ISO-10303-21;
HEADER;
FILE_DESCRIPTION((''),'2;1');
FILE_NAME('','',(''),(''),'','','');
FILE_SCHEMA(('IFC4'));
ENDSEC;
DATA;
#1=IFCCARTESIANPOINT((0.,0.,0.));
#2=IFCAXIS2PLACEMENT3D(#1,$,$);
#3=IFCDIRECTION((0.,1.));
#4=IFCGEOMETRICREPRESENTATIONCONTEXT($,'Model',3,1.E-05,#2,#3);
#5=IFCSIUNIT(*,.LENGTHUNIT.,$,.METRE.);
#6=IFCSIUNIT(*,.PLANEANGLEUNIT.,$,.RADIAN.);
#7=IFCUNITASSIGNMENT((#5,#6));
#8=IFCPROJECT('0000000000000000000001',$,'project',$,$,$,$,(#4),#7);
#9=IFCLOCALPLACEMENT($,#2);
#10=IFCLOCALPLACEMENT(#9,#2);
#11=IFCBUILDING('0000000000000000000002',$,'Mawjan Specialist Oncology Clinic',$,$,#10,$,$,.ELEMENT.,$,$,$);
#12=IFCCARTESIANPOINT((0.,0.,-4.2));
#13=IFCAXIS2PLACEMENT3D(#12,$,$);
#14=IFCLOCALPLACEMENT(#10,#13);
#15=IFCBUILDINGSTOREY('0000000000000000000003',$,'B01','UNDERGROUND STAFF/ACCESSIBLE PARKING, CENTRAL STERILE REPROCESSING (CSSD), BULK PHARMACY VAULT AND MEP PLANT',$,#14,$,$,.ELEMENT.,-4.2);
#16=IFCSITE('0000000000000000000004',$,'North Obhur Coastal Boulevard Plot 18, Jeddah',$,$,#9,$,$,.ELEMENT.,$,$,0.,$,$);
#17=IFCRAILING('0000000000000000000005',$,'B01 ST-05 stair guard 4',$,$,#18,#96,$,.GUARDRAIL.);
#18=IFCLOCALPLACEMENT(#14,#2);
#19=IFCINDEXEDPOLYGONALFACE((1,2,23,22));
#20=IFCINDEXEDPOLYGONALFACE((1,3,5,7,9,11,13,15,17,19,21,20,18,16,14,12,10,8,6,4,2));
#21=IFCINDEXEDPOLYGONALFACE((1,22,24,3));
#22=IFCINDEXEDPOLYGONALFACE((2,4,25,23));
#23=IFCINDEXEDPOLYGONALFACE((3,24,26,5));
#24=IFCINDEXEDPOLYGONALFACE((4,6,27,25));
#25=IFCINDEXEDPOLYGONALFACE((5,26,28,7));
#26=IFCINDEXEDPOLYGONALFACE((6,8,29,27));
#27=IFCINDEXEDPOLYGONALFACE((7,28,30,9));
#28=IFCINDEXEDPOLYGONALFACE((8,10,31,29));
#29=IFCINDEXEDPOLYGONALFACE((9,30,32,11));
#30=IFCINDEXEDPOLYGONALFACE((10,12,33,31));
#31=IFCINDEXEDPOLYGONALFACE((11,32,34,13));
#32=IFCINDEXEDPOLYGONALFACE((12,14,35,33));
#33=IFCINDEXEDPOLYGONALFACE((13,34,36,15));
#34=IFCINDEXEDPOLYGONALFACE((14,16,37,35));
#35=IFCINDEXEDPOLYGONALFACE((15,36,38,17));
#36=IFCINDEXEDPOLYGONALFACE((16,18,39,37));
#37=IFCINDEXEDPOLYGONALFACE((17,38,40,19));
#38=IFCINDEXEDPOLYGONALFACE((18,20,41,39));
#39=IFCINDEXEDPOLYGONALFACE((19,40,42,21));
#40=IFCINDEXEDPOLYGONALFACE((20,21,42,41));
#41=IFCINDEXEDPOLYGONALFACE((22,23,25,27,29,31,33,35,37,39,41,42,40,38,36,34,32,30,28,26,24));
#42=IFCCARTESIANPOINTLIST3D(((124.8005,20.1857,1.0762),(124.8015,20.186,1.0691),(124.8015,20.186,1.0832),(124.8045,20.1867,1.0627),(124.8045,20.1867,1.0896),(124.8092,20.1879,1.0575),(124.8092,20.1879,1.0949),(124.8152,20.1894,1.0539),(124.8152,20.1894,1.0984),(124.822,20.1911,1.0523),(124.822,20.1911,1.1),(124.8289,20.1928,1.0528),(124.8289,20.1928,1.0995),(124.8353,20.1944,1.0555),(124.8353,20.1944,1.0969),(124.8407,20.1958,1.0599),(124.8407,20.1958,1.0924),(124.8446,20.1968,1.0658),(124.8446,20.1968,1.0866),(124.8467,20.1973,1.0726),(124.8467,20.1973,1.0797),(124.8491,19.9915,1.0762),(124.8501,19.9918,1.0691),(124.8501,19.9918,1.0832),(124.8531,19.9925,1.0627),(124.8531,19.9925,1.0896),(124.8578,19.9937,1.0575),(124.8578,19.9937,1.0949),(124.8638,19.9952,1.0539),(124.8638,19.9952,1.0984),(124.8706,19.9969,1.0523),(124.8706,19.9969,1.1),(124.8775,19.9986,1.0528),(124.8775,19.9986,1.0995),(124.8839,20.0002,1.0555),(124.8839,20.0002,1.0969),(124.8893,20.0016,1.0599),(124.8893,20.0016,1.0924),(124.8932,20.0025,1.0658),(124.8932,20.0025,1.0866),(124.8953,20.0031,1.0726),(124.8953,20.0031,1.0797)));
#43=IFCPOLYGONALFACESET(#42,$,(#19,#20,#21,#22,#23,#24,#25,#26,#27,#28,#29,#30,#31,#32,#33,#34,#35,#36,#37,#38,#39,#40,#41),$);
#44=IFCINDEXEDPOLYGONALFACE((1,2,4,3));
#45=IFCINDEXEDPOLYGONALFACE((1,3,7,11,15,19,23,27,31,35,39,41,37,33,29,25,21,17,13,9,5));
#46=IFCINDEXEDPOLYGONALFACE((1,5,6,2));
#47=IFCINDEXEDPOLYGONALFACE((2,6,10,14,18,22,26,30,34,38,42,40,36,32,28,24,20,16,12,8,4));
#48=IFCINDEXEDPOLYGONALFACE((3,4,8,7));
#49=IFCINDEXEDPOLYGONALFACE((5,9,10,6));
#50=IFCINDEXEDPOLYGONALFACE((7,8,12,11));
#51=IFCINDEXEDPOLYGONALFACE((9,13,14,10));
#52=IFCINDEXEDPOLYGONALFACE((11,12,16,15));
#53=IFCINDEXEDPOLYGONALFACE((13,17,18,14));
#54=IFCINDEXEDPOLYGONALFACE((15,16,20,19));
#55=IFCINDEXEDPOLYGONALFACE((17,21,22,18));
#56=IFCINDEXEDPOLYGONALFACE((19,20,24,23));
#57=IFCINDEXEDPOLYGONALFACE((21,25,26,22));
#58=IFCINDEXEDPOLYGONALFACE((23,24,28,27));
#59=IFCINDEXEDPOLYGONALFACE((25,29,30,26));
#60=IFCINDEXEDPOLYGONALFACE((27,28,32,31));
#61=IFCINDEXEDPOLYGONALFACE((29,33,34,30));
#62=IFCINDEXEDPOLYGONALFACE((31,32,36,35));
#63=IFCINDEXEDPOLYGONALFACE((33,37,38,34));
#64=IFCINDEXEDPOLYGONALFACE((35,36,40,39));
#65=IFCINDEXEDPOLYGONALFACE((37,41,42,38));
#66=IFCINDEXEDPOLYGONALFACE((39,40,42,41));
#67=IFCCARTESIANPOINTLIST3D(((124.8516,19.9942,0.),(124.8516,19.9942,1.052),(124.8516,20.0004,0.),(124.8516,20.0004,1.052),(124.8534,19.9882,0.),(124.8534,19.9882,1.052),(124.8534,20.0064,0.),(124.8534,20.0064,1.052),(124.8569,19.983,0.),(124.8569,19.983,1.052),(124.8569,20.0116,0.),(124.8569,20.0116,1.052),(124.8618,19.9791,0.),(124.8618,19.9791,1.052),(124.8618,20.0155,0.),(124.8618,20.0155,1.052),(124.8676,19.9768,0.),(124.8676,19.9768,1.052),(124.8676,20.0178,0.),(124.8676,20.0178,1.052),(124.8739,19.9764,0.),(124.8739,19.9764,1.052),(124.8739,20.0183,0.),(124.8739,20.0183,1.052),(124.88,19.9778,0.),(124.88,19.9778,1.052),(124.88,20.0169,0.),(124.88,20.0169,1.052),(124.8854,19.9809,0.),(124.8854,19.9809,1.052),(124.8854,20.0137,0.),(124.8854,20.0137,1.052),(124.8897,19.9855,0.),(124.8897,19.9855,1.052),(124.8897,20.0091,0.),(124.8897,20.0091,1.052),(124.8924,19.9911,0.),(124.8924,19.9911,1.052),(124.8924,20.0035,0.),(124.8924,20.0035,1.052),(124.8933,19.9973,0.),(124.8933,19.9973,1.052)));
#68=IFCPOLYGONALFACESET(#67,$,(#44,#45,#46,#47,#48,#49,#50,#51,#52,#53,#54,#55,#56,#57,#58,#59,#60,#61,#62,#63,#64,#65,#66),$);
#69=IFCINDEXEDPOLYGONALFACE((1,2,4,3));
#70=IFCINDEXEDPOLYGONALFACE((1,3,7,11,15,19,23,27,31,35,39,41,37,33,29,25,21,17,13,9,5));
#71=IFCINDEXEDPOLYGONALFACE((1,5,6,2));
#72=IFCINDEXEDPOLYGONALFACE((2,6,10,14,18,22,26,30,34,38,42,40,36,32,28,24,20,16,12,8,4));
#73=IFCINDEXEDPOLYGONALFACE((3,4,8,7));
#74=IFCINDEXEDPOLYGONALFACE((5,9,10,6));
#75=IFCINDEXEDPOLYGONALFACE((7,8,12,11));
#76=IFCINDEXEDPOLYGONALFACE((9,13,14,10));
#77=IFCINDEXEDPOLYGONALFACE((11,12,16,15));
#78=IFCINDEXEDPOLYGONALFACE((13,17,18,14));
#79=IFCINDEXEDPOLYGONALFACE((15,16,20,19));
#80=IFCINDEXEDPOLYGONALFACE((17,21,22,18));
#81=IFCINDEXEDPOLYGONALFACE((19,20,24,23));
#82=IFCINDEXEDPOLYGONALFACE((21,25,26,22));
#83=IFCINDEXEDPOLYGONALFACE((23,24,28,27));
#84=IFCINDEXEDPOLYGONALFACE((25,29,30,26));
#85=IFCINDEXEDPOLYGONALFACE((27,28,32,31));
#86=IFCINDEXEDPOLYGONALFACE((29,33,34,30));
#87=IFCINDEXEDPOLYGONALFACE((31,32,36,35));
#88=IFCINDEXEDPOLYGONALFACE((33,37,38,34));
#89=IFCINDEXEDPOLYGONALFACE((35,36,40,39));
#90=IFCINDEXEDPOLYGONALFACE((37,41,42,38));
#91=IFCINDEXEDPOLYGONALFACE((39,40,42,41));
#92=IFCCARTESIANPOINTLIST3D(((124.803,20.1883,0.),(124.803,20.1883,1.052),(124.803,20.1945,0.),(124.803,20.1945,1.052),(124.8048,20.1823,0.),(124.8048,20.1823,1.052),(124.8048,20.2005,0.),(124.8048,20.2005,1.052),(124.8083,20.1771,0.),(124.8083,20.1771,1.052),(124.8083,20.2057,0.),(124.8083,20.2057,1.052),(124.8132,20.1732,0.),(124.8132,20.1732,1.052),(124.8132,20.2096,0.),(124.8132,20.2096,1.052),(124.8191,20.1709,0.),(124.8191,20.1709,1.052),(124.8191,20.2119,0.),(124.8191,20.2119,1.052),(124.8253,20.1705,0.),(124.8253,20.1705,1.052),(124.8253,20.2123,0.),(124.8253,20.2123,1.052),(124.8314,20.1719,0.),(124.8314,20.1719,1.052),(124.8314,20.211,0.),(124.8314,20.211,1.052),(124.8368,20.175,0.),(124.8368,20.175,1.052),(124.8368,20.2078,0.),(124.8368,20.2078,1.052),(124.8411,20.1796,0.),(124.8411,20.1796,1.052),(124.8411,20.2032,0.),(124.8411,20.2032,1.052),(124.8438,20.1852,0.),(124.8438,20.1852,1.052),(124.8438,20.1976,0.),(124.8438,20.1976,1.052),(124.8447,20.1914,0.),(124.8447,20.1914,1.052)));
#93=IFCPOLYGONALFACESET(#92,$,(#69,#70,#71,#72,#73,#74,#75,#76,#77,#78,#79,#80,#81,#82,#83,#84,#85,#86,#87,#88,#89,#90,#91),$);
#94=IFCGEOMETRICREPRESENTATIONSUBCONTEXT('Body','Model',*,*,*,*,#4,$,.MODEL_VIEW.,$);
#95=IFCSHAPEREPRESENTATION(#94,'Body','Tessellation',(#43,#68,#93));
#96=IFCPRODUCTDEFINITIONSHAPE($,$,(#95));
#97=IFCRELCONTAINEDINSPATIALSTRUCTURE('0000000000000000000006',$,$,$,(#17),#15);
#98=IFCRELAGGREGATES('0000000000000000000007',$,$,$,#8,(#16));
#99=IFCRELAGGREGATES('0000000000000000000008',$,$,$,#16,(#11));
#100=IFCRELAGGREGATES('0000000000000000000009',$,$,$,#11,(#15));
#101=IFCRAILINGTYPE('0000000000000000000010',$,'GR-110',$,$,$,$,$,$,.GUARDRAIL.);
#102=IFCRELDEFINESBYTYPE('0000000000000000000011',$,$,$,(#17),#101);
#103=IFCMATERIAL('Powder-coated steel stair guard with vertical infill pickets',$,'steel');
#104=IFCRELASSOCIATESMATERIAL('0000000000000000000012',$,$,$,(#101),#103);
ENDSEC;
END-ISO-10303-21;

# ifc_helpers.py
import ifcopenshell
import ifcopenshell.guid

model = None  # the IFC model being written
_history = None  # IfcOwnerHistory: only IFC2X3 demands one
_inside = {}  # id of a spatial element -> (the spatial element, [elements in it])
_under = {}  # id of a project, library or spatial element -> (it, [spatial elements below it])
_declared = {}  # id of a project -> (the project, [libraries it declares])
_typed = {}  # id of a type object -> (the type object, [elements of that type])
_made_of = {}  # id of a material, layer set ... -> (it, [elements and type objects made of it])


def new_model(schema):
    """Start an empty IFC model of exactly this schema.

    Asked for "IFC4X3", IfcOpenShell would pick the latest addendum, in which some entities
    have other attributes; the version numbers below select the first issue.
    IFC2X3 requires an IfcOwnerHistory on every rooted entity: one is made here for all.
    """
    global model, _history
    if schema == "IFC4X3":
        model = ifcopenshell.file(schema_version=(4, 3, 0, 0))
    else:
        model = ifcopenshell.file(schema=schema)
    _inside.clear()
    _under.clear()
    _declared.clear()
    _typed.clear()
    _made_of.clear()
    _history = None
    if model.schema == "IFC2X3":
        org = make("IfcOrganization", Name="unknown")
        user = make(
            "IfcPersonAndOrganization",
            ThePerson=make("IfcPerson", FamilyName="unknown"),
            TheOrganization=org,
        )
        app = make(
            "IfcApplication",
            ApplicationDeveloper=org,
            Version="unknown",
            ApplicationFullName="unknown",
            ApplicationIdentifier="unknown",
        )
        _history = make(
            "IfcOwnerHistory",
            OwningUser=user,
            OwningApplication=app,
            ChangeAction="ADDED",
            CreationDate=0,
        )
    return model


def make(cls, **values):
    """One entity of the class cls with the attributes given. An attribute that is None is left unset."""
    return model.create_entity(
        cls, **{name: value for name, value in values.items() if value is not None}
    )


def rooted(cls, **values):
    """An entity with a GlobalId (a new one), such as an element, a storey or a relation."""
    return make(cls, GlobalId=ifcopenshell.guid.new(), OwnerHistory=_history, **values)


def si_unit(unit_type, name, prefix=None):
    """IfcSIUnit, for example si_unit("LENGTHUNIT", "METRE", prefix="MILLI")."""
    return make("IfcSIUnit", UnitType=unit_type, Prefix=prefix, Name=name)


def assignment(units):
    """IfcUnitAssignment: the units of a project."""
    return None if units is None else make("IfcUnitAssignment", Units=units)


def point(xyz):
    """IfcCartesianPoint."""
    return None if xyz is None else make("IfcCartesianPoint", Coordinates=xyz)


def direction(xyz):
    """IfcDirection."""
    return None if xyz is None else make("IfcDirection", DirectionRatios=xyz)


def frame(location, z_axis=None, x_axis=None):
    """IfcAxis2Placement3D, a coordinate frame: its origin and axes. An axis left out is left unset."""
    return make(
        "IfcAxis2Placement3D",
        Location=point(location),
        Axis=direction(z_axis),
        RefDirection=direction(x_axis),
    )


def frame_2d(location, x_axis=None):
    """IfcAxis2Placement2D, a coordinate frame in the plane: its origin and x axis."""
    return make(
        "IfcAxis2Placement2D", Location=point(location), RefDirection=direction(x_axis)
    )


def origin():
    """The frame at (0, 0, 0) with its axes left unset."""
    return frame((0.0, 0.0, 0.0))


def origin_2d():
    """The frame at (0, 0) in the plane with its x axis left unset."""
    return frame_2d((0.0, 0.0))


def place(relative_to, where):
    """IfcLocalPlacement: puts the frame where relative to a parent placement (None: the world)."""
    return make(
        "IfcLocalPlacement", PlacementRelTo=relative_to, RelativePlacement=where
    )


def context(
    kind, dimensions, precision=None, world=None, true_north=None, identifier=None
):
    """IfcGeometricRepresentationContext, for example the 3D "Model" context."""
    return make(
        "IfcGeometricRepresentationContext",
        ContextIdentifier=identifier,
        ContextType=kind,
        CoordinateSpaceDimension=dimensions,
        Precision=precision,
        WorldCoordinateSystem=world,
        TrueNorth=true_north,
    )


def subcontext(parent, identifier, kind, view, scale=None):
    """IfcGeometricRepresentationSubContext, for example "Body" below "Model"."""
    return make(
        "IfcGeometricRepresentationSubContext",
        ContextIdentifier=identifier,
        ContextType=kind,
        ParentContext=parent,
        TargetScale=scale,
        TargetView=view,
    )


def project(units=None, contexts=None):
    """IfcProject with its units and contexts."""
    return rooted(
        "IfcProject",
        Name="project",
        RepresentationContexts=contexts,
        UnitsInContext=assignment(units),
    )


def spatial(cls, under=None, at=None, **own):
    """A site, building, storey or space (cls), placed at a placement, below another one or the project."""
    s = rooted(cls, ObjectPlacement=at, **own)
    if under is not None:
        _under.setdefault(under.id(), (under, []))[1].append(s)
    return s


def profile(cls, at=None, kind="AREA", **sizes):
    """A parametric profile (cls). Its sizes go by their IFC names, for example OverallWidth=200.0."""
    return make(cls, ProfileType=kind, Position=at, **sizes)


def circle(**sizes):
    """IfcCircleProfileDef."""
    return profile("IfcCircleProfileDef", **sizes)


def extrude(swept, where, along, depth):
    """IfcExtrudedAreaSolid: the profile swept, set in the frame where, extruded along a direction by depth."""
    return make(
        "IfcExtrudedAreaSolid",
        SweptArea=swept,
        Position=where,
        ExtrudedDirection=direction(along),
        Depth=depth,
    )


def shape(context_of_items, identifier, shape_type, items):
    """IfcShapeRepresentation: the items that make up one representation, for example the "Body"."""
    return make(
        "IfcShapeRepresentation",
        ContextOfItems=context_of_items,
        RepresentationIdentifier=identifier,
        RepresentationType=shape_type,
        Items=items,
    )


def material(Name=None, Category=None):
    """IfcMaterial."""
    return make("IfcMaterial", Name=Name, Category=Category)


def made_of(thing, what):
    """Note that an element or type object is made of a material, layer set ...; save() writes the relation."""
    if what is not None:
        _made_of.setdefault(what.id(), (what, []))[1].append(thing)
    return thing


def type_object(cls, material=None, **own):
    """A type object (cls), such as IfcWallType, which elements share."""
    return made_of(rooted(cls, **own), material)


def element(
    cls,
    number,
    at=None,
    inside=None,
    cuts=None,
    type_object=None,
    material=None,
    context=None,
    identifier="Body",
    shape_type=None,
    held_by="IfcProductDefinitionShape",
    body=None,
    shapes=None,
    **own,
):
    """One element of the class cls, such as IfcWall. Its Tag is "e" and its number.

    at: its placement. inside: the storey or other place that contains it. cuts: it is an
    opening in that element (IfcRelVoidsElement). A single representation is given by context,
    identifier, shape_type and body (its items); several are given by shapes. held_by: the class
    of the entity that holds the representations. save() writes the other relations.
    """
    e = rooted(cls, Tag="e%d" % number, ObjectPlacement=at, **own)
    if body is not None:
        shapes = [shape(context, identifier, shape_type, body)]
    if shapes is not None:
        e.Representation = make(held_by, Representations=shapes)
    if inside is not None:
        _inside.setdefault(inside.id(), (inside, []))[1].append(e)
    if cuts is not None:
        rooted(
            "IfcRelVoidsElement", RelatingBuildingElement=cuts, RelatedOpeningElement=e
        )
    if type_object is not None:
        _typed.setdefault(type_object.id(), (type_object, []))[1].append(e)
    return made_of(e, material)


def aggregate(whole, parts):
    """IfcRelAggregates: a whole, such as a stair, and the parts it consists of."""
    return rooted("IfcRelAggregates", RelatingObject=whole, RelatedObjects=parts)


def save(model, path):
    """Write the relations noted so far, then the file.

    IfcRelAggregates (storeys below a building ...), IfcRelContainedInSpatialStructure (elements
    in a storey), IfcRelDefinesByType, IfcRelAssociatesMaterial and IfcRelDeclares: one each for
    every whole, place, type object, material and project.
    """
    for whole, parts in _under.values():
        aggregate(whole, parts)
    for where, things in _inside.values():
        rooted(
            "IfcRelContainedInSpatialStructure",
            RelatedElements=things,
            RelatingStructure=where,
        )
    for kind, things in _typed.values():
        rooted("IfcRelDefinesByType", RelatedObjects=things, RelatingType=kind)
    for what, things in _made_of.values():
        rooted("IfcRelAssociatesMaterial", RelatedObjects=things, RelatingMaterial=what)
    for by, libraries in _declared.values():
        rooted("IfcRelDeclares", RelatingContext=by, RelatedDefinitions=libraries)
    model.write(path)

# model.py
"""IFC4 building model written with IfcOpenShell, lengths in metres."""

from ifc_helpers import new_model, si_unit, direction, frame, origin, origin_2d, place, context, subcontext, project, spatial, circle, extrude, material, type_object, element, save


model = new_model("IFC4")

# Units and contexts
model_context = context("Model", 3, precision=1e-05, world=origin(), true_north=direction((0.0, 1.0)))
body_context = subcontext(model_context, "Body", "Model", "MODEL_VIEW")
ifc_project = project(units=[si_unit("LENGTHUNIT", "METRE"), si_unit("PLANEANGLEUNIT", "RADIAN")], contexts=[model_context])

# Site, building, storey
site_placement = place(None, origin())
site = spatial("IfcSite", under=ifc_project, at=site_placement, Name="North Obhur Coastal Boulevard Plot 18, Jeddah", CompositionType="ELEMENT", RefElevation=0.0)
building_placement = place(site_placement, origin())
building = spatial("IfcBuilding", under=site, at=building_placement, Name="Mawjan Specialist Oncology Clinic", CompositionType="ELEMENT")
storey_placement = place(building_placement, frame((0.0, 0.0, -4.2)))
storey = spatial("IfcBuildingStorey", under=building, at=storey_placement, Name="B01", Description="UNDERGROUND STAFF/ACCESSIBLE PARKING, CENTRAL STERILE REPROCESSING (CSSD), BULK PHARMACY VAULT AND MEP PLANT", CompositionType="ELEMENT", Elevation=-4.2)

# Railing
ifc_material_1 = material(Name="Powder-coated steel stair guard with vertical infill pickets", Category="steel")
railing_type_1 = type_object("IfcRailingType", Name="GR-110", PredefinedType="GUARDRAIL", material=ifc_material_1)
railing_1_placement = place(storey_placement, frame((124.8723, 19.9973, 0.0)))
element("IfcRailing", 1, at=railing_1_placement, inside=storey, type_object=railing_type_1, Name="B01 ST-05 stair guard 4", PredefinedType="GUARDRAIL", context=body_context, shape_type="SweptSolid", body=[
    extrude(circle(Radius=0.0239, at=origin_2d()), frame((0.0, 0.0, 1.0762), z_axis=(-0.242823, 0.970071, 0.0), x_axis=(-0.970071, -0.242823, 0.0)), (0.0, 0.0, 1.0), 0.2002),
    extrude(circle(Radius=0.021, at=origin_2d()), origin(), (0.0, 0.0, 1.0), 1.052),
    extrude(circle(Radius=0.021, at=origin_2d()), frame((-0.0486, 0.1941, 0.0)), (0.0, 0.0, 1.0), 1.052),
])

save(model, "model.ifc")
